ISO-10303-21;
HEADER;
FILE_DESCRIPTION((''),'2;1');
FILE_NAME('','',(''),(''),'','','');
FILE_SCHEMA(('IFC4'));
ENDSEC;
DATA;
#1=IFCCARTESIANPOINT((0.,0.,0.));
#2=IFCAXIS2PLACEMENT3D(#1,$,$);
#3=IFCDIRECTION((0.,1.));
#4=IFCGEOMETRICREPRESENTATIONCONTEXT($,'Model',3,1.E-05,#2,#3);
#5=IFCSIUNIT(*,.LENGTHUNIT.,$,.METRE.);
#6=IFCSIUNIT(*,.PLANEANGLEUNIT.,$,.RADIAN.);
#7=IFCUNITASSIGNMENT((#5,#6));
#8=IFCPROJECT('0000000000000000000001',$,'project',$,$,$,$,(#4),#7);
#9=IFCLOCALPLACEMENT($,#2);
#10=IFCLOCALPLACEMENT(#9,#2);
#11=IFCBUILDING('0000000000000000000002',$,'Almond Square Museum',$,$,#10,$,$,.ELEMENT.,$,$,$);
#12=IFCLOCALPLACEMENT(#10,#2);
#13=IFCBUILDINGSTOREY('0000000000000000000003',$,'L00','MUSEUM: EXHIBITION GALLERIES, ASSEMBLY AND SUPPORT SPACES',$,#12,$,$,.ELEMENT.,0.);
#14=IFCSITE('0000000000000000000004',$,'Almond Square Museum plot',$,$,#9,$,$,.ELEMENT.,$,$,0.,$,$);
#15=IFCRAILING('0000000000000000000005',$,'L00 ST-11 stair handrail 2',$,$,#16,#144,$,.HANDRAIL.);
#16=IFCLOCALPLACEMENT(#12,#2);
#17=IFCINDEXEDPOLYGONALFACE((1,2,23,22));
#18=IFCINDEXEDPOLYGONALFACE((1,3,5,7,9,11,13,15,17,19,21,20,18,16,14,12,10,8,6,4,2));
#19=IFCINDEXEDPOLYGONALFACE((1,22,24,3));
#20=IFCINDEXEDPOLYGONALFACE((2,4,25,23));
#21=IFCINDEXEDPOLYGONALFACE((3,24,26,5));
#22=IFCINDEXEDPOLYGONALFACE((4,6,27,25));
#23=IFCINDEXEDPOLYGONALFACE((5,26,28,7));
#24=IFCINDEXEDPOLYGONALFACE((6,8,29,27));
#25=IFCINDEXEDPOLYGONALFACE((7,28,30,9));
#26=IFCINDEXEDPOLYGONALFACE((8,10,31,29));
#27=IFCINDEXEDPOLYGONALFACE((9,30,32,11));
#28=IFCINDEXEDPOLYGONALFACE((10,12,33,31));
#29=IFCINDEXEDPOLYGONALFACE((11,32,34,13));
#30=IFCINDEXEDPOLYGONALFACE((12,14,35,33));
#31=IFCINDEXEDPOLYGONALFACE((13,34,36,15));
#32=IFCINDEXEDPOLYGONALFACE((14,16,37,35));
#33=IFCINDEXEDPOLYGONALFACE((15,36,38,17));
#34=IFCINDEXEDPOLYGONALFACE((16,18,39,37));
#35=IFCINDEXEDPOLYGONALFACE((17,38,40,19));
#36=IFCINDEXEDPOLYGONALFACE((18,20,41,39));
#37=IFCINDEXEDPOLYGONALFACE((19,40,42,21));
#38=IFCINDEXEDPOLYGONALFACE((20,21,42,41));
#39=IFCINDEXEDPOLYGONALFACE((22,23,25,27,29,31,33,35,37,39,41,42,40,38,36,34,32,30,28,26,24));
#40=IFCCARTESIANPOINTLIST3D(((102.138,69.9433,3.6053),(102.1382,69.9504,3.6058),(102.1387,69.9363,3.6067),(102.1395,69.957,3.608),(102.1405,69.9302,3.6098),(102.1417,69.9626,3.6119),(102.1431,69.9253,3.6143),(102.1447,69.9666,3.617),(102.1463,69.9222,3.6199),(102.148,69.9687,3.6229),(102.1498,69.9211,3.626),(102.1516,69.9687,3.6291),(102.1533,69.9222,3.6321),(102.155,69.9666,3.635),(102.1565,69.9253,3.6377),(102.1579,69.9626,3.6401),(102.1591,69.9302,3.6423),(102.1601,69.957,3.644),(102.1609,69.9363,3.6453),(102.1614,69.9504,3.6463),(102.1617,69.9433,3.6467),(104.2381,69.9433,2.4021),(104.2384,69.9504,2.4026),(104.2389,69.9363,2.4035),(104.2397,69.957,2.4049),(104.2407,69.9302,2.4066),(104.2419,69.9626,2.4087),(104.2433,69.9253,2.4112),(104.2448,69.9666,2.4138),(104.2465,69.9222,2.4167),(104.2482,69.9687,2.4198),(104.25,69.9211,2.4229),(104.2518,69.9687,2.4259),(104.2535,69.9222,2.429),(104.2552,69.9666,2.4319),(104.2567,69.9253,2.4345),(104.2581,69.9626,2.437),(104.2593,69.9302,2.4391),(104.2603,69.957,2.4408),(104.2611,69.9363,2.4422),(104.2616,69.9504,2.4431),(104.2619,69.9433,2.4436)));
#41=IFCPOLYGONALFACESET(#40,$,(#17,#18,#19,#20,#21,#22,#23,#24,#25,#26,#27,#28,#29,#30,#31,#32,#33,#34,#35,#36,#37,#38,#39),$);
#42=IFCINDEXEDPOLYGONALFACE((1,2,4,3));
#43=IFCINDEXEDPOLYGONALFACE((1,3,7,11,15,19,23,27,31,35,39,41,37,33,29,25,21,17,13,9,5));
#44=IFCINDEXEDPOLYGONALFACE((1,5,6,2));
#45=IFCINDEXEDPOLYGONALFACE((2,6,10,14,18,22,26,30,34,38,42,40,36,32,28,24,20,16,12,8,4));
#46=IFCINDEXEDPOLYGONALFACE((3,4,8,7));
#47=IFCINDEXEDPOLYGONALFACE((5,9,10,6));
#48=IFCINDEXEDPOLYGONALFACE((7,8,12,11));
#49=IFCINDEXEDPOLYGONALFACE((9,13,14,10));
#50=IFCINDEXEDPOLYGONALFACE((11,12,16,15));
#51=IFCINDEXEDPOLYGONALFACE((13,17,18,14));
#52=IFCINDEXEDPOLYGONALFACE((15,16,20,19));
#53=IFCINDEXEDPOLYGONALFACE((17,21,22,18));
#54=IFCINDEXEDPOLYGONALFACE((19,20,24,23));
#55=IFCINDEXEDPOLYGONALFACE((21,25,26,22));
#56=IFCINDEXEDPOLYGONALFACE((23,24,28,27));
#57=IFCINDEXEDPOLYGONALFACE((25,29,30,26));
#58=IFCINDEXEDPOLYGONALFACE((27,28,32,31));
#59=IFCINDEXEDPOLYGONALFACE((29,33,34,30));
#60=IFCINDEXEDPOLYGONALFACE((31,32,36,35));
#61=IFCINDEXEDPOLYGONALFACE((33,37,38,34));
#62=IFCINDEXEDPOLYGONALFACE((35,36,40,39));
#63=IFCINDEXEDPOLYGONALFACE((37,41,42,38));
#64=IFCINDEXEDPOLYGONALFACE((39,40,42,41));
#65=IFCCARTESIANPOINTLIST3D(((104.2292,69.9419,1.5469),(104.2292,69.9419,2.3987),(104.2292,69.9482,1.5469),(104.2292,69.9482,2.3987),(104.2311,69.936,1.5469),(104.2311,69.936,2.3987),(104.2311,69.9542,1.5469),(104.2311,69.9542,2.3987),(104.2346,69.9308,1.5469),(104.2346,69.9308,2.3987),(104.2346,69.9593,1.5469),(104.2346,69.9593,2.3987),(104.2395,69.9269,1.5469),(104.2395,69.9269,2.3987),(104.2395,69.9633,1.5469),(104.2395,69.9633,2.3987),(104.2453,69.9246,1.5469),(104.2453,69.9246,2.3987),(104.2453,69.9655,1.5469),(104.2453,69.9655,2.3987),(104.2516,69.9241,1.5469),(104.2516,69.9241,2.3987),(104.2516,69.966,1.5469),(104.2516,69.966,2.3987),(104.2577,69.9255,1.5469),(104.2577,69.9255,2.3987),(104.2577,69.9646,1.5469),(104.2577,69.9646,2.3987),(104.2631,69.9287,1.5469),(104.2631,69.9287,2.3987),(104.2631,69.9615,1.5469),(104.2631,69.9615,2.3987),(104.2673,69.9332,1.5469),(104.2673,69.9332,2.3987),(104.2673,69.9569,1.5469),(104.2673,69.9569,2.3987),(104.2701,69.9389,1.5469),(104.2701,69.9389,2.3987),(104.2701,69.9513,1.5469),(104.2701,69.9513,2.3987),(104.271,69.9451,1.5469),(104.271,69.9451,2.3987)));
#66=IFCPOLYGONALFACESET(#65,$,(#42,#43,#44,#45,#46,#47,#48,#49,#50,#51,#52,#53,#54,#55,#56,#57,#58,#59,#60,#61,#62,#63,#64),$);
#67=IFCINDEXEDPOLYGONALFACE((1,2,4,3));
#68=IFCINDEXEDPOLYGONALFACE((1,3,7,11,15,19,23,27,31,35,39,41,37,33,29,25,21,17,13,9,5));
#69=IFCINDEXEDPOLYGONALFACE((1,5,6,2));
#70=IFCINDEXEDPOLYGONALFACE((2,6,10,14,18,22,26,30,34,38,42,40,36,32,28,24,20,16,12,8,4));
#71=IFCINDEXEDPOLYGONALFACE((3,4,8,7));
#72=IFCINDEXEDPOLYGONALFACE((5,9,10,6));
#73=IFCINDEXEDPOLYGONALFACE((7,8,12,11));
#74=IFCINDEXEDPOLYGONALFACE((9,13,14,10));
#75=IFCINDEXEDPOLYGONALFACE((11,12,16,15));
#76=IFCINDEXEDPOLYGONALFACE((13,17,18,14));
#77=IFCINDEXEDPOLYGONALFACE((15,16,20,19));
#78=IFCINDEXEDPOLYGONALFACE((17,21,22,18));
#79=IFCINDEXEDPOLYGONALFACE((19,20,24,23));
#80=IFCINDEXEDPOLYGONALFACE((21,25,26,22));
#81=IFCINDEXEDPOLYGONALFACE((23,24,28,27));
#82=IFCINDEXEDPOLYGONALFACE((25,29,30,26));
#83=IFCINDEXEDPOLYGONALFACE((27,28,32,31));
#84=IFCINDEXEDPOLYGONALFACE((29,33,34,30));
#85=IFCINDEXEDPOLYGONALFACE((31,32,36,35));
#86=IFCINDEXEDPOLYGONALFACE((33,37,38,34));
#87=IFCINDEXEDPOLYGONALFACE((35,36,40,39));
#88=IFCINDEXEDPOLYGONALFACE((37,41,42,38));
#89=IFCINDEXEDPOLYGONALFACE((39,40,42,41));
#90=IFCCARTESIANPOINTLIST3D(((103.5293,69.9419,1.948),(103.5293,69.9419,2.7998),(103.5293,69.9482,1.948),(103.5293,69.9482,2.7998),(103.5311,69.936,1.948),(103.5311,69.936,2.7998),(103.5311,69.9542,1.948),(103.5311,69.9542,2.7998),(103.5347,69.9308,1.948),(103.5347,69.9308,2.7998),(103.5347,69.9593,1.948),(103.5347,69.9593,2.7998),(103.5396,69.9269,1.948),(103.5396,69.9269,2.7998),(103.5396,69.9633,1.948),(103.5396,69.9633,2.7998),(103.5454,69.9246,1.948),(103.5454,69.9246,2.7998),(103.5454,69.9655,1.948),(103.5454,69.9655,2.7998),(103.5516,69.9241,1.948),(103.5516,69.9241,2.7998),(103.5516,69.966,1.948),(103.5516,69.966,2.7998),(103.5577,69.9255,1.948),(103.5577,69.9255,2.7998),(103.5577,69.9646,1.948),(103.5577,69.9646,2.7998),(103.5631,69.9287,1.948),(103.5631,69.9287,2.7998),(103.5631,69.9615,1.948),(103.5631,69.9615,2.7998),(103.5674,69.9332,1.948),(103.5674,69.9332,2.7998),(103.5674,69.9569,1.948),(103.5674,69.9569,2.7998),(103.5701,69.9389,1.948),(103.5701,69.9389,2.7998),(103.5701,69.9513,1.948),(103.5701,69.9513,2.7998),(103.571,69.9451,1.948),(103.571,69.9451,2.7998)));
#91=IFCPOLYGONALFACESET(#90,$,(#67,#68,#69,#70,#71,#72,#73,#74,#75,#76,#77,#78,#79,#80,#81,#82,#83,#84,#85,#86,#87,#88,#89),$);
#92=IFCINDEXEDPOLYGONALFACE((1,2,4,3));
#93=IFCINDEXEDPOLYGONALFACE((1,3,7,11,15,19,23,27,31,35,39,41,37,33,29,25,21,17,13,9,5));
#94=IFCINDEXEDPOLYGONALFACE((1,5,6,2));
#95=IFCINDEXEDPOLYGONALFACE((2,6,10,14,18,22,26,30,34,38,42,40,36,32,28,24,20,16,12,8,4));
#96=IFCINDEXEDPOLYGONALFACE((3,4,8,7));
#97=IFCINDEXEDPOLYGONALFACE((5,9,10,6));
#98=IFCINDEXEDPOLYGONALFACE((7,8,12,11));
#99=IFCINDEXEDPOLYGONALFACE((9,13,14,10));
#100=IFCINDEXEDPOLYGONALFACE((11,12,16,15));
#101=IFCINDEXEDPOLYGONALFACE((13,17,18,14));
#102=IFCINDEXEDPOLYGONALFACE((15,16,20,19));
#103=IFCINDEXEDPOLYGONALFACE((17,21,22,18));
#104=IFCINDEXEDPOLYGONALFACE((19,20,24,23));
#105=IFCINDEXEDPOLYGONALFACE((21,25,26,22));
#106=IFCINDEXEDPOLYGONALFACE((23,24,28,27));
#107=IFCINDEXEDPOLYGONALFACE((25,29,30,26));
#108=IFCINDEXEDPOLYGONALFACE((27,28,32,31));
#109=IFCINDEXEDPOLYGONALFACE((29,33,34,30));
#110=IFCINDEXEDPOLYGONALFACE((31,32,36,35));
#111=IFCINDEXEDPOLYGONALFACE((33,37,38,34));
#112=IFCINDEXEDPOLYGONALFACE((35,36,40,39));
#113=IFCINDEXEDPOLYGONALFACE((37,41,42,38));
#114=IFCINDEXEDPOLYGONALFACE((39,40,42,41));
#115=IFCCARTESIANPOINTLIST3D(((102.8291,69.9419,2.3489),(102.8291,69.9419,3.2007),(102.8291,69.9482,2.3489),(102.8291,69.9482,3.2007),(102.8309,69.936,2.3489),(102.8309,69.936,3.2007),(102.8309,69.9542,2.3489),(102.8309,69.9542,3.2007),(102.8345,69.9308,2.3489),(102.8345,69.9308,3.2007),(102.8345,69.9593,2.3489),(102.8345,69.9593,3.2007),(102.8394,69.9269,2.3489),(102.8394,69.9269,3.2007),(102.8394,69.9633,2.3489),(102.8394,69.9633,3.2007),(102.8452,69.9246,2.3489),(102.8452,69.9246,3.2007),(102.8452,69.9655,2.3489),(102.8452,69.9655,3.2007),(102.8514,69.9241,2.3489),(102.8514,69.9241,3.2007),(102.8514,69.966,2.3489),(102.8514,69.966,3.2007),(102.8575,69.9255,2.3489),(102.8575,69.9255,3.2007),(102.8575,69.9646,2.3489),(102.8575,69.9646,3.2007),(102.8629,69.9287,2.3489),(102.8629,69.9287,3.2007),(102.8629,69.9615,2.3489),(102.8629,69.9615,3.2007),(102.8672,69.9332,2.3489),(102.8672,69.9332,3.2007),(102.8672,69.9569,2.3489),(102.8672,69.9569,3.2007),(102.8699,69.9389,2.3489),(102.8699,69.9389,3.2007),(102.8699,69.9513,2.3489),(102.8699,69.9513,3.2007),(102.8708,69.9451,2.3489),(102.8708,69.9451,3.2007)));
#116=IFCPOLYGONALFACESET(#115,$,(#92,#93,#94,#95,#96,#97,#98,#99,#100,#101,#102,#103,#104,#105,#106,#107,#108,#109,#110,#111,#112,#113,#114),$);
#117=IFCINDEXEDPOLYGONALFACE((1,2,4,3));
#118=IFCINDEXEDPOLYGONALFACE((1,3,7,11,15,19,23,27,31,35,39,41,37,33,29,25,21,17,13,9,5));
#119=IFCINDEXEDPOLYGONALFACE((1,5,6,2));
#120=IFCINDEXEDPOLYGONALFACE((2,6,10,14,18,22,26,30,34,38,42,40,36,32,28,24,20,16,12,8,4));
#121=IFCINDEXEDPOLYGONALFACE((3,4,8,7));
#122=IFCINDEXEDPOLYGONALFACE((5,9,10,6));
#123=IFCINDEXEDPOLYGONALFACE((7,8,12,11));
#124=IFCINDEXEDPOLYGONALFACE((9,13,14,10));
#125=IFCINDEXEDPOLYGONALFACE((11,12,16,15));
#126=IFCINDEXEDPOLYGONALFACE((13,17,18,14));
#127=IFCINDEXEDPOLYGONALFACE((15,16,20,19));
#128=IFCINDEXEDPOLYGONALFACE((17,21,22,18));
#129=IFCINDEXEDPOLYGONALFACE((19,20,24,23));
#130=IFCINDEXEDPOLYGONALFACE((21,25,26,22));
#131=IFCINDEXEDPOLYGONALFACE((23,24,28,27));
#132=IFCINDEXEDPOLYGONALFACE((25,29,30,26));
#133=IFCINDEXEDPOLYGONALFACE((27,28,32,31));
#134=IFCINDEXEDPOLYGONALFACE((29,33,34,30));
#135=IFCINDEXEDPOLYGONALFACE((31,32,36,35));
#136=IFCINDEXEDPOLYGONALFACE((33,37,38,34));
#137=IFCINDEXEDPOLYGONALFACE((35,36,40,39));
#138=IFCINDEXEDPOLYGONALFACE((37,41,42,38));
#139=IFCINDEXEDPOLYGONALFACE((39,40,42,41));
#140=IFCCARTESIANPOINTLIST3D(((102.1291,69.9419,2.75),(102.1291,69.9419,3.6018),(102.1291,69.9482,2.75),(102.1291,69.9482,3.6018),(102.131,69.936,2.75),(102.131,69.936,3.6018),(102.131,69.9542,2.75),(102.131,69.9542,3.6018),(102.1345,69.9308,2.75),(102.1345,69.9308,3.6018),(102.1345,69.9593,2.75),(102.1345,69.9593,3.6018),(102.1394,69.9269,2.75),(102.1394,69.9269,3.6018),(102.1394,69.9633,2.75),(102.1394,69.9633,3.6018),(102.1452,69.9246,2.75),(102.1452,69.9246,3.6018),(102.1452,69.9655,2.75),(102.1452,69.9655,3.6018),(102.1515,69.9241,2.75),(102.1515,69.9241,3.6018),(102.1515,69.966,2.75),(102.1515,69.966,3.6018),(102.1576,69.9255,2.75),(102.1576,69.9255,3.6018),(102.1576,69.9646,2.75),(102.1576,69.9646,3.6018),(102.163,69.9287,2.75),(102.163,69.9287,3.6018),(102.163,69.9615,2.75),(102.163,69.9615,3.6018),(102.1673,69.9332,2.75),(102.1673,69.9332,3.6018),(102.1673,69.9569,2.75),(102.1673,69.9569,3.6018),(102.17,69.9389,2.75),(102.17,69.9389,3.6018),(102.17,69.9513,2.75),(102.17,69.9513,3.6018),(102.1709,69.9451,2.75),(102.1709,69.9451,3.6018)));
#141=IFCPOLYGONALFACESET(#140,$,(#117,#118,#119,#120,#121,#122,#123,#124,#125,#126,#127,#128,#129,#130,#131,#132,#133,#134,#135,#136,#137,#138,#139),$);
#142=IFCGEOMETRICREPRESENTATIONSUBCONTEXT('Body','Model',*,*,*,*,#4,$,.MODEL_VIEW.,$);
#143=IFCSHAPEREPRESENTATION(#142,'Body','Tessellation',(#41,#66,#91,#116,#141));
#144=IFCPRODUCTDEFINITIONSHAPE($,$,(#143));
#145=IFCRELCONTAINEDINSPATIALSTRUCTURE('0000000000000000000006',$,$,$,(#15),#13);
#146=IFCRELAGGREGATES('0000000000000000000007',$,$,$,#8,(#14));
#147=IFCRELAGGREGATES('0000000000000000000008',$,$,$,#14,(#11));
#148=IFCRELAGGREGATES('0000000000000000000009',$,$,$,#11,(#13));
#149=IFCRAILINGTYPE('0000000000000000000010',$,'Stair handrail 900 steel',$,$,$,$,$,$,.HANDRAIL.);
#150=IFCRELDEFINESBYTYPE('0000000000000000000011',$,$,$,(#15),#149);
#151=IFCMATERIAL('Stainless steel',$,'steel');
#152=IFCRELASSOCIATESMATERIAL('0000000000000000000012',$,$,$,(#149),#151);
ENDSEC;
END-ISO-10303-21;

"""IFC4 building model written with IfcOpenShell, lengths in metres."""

from ifc_helpers import new_model, si_unit, direction, frame, origin, origin_2d, place, context, subcontext, project, spatial, circle, extrude, material, type_object, element, save


model = new_model("IFC4")

# Units and contexts
model_context = context("Model", 3, precision=1e-05, world=origin(), true_north=direction((0.0, 1.0)))
body_context = subcontext(model_context, "Body", "Model", "MODEL_VIEW")
ifc_project = project(units=[si_unit("LENGTHUNIT", "METRE"), si_unit("PLANEANGLEUNIT", "RADIAN")], contexts=[model_context])

# Site, building, storey
site_placement = place(None, origin())
site = spatial("IfcSite", under=ifc_project, at=site_placement, Name="Almond Square Museum plot", CompositionType="ELEMENT", RefElevation=0.0)
building_placement = place(site_placement, origin())
building = spatial("IfcBuilding", under=site, at=building_placement, Name="Almond Square Museum", CompositionType="ELEMENT")
storey_placement = place(building_placement, origin())
storey = spatial("IfcBuildingStorey", under=building, at=storey_placement, Name="L00", Description="MUSEUM: EXHIBITION GALLERIES, ASSEMBLY AND SUPPORT SPACES", CompositionType="ELEMENT", Elevation=0.0)

# Railing
ifc_material_1 = material(Name="Stainless steel", Category="steel")
railing_type_1 = type_object("IfcRailingType", Name="Stair handrail 900 steel", PredefinedType="HANDRAIL", material=ifc_material_1)
for number, where, name in (
    (1, (104.25, 69.9451, 1.5469), "L00 ST-11 stair handrail 2"),
):
    element("IfcRailing", number, at=place(storey_placement, frame(where)), inside=storey, type_object=railing_type_1, Name=name, PredefinedType="HANDRAIL", context=body_context, shape_type="SweptSolid", body=[
        extrude(circle(Radius=0.0239, at=origin_2d()), frame((0.0, 0.0, 0.876), z_axis=(-0.867696, 0.0, 0.497095), x_axis=(0.0, -1.0, 0.0)), (0.0, 0.0, 1.0), 2.4204),
        extrude(circle(Radius=0.021, at=origin_2d()), origin(), (0.0, 0.0, 1.0), 0.8518),
        extrude(circle(Radius=0.021, at=origin_2d()), frame((-0.7, 0.0, 0.4011)), (0.0, 0.0, 1.0), 0.8518),
        extrude(circle(Radius=0.021, at=origin_2d()), frame((-1.4001, 0.0, 0.802)), (0.0, 0.0, 1.0), 0.8518),
        extrude(circle(Radius=0.021, at=origin_2d()), frame((-2.1001, 0.0, 1.2031)), (0.0, 0.0, 1.0), 0.8518),
    ])

save(model, "model.ifc")
